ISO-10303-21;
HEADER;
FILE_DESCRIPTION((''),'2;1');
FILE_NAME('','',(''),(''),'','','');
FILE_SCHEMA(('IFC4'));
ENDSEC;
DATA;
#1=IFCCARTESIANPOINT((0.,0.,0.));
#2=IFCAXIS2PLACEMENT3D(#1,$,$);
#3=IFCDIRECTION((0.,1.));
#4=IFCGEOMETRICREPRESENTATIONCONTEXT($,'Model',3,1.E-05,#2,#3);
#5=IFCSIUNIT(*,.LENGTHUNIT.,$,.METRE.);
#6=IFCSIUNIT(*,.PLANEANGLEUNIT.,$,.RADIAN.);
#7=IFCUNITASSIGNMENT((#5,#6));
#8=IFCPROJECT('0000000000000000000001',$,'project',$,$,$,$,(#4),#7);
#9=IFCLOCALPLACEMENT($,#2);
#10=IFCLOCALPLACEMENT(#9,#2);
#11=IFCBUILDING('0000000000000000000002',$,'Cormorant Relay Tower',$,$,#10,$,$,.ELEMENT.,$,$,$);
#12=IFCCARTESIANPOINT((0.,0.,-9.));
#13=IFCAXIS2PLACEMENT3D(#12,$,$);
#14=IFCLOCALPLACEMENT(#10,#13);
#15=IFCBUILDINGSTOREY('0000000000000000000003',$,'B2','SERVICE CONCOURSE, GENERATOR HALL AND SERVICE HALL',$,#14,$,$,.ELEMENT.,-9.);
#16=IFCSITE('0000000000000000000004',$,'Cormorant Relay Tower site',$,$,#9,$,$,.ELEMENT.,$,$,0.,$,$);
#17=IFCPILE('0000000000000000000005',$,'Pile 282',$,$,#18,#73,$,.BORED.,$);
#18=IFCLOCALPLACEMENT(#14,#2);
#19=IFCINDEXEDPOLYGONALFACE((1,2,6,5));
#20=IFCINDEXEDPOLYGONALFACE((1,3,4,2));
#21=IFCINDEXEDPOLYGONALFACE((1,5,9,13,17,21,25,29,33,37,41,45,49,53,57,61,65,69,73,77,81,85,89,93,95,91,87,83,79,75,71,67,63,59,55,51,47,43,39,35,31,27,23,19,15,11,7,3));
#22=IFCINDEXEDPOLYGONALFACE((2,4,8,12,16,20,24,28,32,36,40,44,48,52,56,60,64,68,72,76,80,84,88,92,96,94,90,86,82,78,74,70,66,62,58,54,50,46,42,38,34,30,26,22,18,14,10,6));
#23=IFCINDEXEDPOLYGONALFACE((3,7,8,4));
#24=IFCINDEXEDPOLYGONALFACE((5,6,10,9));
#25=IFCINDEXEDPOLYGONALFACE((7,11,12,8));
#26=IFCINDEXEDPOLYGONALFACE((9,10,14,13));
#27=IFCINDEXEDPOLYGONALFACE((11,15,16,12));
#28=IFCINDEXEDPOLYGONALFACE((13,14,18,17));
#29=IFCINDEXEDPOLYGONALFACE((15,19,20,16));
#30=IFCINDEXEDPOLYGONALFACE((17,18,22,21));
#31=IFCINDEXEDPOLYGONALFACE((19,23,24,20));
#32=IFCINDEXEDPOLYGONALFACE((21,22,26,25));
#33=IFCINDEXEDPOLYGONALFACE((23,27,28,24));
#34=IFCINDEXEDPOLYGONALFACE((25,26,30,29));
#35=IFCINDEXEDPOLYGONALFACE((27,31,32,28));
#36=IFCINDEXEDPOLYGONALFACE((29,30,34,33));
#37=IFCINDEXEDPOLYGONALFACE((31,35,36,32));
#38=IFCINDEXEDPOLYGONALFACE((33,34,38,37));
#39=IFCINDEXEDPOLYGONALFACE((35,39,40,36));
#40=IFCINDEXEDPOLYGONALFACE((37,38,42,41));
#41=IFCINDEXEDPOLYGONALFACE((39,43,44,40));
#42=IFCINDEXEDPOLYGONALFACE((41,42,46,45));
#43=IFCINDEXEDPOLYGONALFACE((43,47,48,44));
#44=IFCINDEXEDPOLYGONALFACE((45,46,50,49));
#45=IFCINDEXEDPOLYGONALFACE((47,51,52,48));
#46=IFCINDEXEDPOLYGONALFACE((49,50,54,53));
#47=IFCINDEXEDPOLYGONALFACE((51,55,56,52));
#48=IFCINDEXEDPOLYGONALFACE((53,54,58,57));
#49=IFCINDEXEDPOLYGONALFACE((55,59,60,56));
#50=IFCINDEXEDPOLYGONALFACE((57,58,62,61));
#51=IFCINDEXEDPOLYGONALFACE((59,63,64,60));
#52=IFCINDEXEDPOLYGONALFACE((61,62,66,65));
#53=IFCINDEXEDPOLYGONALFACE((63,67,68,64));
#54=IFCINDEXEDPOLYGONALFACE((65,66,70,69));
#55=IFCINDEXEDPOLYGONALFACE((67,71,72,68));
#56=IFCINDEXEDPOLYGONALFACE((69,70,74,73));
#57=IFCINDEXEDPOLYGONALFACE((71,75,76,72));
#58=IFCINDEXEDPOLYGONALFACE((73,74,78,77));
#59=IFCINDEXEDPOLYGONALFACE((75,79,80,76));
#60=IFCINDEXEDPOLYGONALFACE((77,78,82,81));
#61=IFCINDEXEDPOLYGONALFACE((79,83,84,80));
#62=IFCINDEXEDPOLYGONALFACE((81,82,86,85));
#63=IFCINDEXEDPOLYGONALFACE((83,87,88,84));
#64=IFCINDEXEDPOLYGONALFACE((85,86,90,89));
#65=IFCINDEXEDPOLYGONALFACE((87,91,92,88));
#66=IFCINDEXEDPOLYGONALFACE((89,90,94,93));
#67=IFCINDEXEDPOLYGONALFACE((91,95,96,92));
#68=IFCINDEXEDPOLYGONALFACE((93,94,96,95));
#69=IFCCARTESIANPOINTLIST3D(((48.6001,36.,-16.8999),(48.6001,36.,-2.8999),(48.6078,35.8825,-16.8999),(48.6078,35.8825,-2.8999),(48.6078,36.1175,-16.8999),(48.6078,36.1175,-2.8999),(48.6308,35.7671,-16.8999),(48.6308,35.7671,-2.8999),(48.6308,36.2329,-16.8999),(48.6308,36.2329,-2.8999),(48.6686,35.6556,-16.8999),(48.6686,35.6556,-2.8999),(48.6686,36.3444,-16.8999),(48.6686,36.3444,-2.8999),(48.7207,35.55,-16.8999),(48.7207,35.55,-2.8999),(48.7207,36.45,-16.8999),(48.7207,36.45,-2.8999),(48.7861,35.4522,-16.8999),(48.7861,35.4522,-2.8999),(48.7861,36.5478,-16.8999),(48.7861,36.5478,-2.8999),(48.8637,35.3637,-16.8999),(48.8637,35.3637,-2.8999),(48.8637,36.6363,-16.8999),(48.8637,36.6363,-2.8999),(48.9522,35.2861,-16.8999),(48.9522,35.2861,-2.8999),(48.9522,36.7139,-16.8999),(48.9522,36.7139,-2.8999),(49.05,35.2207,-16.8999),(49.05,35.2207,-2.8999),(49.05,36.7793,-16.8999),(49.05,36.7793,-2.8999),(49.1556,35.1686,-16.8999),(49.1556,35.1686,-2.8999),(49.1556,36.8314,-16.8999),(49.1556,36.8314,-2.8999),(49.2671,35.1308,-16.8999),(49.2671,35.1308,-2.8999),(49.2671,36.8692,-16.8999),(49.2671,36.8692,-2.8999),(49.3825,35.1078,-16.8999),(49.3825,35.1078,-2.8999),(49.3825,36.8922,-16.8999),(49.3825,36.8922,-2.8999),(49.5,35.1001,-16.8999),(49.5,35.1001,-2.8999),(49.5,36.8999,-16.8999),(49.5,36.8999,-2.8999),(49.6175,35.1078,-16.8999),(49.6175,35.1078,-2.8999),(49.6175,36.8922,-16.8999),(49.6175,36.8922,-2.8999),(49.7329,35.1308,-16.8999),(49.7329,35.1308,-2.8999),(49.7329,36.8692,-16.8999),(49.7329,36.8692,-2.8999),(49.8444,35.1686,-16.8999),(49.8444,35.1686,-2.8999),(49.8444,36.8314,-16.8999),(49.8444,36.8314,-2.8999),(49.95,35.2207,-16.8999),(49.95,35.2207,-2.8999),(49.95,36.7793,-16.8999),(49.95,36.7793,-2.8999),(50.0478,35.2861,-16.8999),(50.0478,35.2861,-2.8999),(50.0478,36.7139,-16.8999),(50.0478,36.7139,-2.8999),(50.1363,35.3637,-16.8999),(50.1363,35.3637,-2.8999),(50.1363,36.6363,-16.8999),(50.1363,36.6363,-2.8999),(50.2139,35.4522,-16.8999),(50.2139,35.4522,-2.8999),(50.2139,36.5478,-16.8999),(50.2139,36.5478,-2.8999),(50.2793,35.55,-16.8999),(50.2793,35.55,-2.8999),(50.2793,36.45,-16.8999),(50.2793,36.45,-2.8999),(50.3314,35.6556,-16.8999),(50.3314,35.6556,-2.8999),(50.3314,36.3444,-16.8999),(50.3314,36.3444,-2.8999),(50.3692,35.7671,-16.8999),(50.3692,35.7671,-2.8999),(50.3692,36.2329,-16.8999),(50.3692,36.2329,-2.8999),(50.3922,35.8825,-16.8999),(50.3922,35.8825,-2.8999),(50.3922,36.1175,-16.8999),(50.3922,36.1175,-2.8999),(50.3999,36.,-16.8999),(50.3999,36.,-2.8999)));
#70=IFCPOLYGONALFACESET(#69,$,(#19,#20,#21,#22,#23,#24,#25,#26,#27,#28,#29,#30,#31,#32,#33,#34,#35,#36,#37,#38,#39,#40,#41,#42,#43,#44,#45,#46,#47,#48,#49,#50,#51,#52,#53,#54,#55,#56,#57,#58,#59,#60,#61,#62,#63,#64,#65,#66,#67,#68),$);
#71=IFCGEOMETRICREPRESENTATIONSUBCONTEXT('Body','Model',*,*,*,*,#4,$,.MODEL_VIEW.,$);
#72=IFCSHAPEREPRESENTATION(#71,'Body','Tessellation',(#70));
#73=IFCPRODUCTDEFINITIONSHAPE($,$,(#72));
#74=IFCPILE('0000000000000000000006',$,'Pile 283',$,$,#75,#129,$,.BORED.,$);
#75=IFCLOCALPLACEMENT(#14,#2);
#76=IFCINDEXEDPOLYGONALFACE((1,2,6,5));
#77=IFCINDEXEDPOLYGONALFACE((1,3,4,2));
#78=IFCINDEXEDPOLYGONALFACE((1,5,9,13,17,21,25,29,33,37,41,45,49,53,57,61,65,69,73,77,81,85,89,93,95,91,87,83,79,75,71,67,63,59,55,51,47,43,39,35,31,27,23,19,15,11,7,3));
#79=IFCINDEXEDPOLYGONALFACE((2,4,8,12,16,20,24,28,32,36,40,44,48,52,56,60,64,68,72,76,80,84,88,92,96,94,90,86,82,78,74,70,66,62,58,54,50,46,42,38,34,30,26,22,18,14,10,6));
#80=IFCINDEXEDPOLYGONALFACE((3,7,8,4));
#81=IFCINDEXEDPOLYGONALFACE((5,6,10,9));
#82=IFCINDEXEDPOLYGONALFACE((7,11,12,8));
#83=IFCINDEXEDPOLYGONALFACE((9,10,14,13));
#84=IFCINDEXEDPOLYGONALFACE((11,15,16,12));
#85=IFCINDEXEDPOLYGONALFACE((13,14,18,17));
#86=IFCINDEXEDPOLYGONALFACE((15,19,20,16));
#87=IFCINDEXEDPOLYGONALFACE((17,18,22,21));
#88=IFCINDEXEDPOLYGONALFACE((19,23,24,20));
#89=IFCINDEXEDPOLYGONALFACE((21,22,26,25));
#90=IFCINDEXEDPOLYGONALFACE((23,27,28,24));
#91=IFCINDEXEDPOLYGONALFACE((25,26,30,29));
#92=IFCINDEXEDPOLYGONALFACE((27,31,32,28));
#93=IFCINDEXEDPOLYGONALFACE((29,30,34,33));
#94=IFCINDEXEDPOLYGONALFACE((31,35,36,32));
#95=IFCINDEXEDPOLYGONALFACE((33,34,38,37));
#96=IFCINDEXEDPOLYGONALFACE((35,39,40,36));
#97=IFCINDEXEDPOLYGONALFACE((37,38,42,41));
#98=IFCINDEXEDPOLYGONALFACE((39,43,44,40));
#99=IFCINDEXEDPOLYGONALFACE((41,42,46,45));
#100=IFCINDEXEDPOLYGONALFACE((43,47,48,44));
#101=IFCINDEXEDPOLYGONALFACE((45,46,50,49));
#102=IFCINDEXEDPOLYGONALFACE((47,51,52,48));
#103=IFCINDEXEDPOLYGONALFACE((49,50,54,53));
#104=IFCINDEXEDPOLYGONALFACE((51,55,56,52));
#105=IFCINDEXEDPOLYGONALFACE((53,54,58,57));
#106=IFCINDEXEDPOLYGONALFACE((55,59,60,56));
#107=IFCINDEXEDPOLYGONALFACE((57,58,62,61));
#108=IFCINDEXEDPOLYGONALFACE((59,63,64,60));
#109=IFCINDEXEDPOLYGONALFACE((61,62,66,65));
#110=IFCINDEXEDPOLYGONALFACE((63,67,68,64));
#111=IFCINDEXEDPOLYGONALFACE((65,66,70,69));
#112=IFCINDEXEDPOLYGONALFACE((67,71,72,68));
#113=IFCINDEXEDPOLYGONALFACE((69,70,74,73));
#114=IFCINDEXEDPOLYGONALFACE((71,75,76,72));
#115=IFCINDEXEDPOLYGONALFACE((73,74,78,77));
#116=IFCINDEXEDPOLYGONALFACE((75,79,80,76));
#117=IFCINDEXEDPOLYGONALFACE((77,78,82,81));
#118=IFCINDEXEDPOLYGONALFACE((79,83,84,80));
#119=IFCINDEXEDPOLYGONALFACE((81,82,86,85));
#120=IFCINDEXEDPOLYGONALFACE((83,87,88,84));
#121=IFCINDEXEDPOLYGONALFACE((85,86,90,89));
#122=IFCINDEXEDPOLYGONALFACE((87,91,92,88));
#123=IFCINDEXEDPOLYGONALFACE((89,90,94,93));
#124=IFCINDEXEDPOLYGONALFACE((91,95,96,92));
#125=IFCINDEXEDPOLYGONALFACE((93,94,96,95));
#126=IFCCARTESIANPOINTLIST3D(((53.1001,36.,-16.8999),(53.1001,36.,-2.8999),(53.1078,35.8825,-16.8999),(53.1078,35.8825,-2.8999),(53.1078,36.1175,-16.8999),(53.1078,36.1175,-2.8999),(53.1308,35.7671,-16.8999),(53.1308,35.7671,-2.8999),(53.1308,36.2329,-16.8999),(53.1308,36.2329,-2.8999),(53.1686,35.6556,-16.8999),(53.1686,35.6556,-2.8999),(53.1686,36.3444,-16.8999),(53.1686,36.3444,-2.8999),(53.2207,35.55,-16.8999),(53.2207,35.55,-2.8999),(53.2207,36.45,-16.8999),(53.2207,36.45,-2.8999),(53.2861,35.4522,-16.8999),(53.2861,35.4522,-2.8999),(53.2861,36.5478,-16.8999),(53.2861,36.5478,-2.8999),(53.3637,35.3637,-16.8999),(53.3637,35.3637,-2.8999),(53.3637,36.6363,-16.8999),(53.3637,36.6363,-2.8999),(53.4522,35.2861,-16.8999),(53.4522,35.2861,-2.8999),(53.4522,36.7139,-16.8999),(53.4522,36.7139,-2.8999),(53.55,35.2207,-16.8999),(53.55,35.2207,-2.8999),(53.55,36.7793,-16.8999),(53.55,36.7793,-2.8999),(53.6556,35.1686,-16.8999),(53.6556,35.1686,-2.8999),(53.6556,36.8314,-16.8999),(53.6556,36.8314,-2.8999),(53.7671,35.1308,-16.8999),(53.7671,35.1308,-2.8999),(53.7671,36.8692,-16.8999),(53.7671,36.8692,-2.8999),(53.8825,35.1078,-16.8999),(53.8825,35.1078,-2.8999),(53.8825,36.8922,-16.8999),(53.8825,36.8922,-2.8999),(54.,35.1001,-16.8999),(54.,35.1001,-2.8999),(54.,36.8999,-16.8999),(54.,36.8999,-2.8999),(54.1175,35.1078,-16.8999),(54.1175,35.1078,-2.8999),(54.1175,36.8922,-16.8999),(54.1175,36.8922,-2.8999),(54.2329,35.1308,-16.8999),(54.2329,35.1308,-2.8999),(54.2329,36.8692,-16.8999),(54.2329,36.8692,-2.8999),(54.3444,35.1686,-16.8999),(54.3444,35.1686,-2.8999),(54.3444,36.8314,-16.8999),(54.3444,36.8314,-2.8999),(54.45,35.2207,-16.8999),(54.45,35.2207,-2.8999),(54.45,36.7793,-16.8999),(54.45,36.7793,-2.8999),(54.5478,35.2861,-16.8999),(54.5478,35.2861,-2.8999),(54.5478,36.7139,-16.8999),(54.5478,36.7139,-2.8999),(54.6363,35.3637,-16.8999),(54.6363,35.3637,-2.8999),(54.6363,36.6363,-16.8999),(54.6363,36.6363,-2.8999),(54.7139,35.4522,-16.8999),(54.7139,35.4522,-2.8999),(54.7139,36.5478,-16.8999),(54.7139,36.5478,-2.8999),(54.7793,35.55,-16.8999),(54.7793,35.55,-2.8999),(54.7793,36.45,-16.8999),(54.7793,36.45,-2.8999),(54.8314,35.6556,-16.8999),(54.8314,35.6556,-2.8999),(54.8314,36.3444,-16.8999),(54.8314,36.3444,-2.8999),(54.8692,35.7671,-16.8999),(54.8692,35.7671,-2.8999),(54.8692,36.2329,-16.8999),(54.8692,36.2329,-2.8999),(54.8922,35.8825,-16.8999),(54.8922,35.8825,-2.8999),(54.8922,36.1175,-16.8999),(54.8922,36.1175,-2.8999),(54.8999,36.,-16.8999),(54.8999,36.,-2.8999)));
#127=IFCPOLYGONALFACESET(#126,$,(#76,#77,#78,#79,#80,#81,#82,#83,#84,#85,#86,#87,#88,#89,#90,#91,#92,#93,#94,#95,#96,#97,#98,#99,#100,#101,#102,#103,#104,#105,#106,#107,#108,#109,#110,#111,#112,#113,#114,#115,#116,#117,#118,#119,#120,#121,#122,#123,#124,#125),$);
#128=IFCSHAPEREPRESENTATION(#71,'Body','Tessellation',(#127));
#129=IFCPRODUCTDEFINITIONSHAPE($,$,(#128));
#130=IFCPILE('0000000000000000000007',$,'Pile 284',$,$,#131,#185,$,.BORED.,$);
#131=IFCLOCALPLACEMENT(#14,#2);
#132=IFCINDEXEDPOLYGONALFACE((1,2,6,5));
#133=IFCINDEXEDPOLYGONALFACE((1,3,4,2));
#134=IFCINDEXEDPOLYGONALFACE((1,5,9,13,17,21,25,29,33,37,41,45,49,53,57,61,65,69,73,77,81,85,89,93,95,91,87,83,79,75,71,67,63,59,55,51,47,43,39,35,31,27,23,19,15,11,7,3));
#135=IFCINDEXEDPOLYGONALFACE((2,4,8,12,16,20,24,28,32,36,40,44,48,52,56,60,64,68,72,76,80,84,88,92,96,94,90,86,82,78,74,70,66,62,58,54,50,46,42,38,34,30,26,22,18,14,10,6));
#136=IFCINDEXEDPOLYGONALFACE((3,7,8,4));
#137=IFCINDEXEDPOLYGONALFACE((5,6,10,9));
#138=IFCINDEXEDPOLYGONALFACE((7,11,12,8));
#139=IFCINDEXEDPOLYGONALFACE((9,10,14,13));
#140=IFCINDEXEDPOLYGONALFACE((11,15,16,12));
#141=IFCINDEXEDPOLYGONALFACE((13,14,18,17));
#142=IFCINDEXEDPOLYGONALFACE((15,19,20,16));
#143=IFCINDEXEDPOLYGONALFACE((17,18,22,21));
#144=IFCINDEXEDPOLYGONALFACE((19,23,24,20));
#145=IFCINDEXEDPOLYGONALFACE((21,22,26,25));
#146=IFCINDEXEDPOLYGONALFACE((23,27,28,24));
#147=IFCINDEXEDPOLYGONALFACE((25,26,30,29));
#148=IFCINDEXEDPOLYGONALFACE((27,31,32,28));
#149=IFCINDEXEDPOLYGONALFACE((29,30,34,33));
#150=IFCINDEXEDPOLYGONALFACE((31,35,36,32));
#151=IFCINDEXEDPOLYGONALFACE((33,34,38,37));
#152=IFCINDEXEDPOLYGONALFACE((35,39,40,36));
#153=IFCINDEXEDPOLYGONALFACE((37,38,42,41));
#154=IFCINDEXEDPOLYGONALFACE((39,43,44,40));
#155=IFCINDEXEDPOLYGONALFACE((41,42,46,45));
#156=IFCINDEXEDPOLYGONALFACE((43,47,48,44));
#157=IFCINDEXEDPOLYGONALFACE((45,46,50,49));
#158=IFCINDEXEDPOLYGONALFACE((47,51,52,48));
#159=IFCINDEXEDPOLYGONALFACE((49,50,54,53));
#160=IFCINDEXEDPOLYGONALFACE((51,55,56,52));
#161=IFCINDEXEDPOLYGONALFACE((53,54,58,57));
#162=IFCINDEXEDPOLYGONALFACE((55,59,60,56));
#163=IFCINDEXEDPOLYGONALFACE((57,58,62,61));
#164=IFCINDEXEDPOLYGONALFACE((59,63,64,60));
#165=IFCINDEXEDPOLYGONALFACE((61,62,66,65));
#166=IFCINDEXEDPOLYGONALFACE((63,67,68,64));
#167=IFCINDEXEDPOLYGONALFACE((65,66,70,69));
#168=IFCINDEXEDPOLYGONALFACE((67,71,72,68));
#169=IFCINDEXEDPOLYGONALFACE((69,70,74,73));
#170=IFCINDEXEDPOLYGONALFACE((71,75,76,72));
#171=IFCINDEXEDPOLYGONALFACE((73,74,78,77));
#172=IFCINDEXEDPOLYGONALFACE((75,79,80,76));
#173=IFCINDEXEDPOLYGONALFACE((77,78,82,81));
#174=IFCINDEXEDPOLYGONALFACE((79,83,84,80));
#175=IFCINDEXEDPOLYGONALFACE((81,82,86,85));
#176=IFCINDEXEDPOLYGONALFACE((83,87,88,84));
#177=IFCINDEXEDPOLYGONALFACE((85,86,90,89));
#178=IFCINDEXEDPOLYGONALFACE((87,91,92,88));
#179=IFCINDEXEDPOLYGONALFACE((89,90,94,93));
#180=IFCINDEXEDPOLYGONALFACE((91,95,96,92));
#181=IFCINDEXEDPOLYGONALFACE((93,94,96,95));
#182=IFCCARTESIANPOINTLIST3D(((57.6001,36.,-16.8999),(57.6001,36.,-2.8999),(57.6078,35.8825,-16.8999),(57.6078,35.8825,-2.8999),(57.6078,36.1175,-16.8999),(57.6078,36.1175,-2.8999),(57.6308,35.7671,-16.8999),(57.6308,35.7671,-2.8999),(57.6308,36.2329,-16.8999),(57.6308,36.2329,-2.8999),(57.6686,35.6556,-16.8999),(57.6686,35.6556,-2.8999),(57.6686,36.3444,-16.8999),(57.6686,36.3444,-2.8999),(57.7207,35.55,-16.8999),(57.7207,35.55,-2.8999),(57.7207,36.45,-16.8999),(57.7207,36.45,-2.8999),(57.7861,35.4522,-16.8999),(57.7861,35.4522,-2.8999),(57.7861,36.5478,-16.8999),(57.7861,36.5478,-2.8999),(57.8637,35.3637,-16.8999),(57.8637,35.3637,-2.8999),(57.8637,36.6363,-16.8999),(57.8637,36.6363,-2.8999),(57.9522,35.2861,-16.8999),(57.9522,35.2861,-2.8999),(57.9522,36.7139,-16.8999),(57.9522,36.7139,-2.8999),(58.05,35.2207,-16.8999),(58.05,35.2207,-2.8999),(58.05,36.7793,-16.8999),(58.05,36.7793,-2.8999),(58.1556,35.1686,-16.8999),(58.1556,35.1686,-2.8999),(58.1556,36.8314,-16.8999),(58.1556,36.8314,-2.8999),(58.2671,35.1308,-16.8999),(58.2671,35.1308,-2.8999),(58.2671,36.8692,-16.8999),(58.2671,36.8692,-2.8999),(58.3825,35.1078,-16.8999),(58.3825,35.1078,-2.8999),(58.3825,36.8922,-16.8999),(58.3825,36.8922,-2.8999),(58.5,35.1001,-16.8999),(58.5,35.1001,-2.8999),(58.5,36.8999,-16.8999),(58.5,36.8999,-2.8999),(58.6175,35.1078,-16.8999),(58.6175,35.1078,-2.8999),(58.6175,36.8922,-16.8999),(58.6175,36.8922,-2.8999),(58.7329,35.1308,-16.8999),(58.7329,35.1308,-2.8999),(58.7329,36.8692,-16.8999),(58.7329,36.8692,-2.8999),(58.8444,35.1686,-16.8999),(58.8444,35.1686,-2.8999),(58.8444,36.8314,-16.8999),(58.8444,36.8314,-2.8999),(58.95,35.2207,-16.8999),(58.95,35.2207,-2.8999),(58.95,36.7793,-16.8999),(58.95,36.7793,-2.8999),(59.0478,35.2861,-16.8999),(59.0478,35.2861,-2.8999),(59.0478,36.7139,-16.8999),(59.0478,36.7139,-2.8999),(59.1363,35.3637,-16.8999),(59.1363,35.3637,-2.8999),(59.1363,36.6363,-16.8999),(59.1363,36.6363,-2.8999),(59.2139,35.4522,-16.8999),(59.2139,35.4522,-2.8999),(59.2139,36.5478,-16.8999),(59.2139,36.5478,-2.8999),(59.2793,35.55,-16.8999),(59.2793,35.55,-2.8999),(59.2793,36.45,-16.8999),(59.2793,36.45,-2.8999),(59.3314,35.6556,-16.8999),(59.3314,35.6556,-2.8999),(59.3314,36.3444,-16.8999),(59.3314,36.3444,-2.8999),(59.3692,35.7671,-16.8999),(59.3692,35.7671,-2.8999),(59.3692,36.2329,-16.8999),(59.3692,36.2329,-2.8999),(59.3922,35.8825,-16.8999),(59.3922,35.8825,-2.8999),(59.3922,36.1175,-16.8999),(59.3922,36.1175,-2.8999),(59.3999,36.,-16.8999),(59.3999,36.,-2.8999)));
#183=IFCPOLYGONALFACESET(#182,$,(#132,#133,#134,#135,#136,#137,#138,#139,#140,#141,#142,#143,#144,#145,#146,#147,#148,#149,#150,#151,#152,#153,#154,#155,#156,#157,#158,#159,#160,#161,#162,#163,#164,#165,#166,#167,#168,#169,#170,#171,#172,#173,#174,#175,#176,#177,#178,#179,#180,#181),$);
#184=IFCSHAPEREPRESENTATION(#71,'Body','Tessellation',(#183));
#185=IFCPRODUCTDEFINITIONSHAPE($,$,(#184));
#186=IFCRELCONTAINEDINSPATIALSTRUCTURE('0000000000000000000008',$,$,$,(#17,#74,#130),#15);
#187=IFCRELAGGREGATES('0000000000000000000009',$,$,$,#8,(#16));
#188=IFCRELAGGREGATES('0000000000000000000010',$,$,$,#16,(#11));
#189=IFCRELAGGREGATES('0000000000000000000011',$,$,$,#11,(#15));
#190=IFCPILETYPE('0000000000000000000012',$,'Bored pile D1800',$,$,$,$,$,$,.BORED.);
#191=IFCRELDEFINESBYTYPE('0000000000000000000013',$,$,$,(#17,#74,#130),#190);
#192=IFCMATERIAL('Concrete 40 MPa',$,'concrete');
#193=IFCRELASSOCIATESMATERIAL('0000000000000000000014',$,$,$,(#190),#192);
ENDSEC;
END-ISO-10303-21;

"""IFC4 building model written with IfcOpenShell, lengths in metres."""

from ifc_helpers import new_model, si_unit, direction, frame, origin, origin_2d, place, context, subcontext, project, spatial, circle, extrude, material, material_profile, profile_set, type_object, element, save


model = new_model("IFC4")

# Units and contexts
model_context = context("Model", 3, precision=1e-05, world=origin(), true_north=direction((0.0, 1.0)))
body_context = subcontext(model_context, "Body", "Model", "MODEL_VIEW")
ifc_project = project(units=[si_unit("LENGTHUNIT", "METRE"), si_unit("PLANEANGLEUNIT", "RADIAN")], contexts=[model_context])

# Site, building, storey
site_placement = place(None, origin())
site = spatial("IfcSite", under=ifc_project, at=site_placement, Name="Cormorant Relay Tower site", CompositionType="ELEMENT", RefElevation=0.0)
building_placement = place(site_placement, origin())
building = spatial("IfcBuilding", under=site, at=building_placement, Name="Cormorant Relay Tower", CompositionType="ELEMENT")
storey_placement = place(building_placement, frame((0.0, 0.0, -9.0)))
storey = spatial("IfcBuildingStorey", under=building, at=storey_placement, Name="B2", Description="SERVICE CONCOURSE, GENERATOR HALL AND SERVICE HALL", CompositionType="ELEMENT", Elevation=-9.0)

# Piles
ifc_material_1 = material(Name="Concrete 40 MPa", Category="concrete")
ifc_material_profile_1 = material_profile(ifc_material_1, circle(Radius=0.8999, at=origin_2d()), Name="BP1800")
ifc_profile_set_1 = profile_set([ifc_material_profile_1], Name="Concrete 40 MPa")
pile_type = type_object("IfcPileType", Name="Bored pile D1800", PredefinedType="BORED", material=ifc_profile_set_1)
for number, where, z_axis, x_axis, name in (
    (1, (49.5, 36.0, -2.8999), (0.0, 0.0, -1.0), (1.0, 0.0, 0.0), "Pile 282"),
    (2, (54.0, 36.0, -2.8999), (0.0, 0.0, -1.0), (1.0, 0.0, 0.0), "Pile 283"),
    (3, (58.5, 36.0, -2.8999), (0.0, 0.0, -1.0), (1.0, 0.0, 0.0), "Pile 284"),
):
    element("IfcPile", number, at=place(storey_placement, frame(where, z_axis=z_axis, x_axis=x_axis)), inside=storey, type_object=pile_type, Name=name, PredefinedType="BORED", context=body_context, shape_type="SweptSolid", body=[
        extrude(circle(Radius=0.8999, at=origin_2d()), origin(), (0.0, 0.0, 1.0), 14.0),
    ])

save(model, "model.ifc")
